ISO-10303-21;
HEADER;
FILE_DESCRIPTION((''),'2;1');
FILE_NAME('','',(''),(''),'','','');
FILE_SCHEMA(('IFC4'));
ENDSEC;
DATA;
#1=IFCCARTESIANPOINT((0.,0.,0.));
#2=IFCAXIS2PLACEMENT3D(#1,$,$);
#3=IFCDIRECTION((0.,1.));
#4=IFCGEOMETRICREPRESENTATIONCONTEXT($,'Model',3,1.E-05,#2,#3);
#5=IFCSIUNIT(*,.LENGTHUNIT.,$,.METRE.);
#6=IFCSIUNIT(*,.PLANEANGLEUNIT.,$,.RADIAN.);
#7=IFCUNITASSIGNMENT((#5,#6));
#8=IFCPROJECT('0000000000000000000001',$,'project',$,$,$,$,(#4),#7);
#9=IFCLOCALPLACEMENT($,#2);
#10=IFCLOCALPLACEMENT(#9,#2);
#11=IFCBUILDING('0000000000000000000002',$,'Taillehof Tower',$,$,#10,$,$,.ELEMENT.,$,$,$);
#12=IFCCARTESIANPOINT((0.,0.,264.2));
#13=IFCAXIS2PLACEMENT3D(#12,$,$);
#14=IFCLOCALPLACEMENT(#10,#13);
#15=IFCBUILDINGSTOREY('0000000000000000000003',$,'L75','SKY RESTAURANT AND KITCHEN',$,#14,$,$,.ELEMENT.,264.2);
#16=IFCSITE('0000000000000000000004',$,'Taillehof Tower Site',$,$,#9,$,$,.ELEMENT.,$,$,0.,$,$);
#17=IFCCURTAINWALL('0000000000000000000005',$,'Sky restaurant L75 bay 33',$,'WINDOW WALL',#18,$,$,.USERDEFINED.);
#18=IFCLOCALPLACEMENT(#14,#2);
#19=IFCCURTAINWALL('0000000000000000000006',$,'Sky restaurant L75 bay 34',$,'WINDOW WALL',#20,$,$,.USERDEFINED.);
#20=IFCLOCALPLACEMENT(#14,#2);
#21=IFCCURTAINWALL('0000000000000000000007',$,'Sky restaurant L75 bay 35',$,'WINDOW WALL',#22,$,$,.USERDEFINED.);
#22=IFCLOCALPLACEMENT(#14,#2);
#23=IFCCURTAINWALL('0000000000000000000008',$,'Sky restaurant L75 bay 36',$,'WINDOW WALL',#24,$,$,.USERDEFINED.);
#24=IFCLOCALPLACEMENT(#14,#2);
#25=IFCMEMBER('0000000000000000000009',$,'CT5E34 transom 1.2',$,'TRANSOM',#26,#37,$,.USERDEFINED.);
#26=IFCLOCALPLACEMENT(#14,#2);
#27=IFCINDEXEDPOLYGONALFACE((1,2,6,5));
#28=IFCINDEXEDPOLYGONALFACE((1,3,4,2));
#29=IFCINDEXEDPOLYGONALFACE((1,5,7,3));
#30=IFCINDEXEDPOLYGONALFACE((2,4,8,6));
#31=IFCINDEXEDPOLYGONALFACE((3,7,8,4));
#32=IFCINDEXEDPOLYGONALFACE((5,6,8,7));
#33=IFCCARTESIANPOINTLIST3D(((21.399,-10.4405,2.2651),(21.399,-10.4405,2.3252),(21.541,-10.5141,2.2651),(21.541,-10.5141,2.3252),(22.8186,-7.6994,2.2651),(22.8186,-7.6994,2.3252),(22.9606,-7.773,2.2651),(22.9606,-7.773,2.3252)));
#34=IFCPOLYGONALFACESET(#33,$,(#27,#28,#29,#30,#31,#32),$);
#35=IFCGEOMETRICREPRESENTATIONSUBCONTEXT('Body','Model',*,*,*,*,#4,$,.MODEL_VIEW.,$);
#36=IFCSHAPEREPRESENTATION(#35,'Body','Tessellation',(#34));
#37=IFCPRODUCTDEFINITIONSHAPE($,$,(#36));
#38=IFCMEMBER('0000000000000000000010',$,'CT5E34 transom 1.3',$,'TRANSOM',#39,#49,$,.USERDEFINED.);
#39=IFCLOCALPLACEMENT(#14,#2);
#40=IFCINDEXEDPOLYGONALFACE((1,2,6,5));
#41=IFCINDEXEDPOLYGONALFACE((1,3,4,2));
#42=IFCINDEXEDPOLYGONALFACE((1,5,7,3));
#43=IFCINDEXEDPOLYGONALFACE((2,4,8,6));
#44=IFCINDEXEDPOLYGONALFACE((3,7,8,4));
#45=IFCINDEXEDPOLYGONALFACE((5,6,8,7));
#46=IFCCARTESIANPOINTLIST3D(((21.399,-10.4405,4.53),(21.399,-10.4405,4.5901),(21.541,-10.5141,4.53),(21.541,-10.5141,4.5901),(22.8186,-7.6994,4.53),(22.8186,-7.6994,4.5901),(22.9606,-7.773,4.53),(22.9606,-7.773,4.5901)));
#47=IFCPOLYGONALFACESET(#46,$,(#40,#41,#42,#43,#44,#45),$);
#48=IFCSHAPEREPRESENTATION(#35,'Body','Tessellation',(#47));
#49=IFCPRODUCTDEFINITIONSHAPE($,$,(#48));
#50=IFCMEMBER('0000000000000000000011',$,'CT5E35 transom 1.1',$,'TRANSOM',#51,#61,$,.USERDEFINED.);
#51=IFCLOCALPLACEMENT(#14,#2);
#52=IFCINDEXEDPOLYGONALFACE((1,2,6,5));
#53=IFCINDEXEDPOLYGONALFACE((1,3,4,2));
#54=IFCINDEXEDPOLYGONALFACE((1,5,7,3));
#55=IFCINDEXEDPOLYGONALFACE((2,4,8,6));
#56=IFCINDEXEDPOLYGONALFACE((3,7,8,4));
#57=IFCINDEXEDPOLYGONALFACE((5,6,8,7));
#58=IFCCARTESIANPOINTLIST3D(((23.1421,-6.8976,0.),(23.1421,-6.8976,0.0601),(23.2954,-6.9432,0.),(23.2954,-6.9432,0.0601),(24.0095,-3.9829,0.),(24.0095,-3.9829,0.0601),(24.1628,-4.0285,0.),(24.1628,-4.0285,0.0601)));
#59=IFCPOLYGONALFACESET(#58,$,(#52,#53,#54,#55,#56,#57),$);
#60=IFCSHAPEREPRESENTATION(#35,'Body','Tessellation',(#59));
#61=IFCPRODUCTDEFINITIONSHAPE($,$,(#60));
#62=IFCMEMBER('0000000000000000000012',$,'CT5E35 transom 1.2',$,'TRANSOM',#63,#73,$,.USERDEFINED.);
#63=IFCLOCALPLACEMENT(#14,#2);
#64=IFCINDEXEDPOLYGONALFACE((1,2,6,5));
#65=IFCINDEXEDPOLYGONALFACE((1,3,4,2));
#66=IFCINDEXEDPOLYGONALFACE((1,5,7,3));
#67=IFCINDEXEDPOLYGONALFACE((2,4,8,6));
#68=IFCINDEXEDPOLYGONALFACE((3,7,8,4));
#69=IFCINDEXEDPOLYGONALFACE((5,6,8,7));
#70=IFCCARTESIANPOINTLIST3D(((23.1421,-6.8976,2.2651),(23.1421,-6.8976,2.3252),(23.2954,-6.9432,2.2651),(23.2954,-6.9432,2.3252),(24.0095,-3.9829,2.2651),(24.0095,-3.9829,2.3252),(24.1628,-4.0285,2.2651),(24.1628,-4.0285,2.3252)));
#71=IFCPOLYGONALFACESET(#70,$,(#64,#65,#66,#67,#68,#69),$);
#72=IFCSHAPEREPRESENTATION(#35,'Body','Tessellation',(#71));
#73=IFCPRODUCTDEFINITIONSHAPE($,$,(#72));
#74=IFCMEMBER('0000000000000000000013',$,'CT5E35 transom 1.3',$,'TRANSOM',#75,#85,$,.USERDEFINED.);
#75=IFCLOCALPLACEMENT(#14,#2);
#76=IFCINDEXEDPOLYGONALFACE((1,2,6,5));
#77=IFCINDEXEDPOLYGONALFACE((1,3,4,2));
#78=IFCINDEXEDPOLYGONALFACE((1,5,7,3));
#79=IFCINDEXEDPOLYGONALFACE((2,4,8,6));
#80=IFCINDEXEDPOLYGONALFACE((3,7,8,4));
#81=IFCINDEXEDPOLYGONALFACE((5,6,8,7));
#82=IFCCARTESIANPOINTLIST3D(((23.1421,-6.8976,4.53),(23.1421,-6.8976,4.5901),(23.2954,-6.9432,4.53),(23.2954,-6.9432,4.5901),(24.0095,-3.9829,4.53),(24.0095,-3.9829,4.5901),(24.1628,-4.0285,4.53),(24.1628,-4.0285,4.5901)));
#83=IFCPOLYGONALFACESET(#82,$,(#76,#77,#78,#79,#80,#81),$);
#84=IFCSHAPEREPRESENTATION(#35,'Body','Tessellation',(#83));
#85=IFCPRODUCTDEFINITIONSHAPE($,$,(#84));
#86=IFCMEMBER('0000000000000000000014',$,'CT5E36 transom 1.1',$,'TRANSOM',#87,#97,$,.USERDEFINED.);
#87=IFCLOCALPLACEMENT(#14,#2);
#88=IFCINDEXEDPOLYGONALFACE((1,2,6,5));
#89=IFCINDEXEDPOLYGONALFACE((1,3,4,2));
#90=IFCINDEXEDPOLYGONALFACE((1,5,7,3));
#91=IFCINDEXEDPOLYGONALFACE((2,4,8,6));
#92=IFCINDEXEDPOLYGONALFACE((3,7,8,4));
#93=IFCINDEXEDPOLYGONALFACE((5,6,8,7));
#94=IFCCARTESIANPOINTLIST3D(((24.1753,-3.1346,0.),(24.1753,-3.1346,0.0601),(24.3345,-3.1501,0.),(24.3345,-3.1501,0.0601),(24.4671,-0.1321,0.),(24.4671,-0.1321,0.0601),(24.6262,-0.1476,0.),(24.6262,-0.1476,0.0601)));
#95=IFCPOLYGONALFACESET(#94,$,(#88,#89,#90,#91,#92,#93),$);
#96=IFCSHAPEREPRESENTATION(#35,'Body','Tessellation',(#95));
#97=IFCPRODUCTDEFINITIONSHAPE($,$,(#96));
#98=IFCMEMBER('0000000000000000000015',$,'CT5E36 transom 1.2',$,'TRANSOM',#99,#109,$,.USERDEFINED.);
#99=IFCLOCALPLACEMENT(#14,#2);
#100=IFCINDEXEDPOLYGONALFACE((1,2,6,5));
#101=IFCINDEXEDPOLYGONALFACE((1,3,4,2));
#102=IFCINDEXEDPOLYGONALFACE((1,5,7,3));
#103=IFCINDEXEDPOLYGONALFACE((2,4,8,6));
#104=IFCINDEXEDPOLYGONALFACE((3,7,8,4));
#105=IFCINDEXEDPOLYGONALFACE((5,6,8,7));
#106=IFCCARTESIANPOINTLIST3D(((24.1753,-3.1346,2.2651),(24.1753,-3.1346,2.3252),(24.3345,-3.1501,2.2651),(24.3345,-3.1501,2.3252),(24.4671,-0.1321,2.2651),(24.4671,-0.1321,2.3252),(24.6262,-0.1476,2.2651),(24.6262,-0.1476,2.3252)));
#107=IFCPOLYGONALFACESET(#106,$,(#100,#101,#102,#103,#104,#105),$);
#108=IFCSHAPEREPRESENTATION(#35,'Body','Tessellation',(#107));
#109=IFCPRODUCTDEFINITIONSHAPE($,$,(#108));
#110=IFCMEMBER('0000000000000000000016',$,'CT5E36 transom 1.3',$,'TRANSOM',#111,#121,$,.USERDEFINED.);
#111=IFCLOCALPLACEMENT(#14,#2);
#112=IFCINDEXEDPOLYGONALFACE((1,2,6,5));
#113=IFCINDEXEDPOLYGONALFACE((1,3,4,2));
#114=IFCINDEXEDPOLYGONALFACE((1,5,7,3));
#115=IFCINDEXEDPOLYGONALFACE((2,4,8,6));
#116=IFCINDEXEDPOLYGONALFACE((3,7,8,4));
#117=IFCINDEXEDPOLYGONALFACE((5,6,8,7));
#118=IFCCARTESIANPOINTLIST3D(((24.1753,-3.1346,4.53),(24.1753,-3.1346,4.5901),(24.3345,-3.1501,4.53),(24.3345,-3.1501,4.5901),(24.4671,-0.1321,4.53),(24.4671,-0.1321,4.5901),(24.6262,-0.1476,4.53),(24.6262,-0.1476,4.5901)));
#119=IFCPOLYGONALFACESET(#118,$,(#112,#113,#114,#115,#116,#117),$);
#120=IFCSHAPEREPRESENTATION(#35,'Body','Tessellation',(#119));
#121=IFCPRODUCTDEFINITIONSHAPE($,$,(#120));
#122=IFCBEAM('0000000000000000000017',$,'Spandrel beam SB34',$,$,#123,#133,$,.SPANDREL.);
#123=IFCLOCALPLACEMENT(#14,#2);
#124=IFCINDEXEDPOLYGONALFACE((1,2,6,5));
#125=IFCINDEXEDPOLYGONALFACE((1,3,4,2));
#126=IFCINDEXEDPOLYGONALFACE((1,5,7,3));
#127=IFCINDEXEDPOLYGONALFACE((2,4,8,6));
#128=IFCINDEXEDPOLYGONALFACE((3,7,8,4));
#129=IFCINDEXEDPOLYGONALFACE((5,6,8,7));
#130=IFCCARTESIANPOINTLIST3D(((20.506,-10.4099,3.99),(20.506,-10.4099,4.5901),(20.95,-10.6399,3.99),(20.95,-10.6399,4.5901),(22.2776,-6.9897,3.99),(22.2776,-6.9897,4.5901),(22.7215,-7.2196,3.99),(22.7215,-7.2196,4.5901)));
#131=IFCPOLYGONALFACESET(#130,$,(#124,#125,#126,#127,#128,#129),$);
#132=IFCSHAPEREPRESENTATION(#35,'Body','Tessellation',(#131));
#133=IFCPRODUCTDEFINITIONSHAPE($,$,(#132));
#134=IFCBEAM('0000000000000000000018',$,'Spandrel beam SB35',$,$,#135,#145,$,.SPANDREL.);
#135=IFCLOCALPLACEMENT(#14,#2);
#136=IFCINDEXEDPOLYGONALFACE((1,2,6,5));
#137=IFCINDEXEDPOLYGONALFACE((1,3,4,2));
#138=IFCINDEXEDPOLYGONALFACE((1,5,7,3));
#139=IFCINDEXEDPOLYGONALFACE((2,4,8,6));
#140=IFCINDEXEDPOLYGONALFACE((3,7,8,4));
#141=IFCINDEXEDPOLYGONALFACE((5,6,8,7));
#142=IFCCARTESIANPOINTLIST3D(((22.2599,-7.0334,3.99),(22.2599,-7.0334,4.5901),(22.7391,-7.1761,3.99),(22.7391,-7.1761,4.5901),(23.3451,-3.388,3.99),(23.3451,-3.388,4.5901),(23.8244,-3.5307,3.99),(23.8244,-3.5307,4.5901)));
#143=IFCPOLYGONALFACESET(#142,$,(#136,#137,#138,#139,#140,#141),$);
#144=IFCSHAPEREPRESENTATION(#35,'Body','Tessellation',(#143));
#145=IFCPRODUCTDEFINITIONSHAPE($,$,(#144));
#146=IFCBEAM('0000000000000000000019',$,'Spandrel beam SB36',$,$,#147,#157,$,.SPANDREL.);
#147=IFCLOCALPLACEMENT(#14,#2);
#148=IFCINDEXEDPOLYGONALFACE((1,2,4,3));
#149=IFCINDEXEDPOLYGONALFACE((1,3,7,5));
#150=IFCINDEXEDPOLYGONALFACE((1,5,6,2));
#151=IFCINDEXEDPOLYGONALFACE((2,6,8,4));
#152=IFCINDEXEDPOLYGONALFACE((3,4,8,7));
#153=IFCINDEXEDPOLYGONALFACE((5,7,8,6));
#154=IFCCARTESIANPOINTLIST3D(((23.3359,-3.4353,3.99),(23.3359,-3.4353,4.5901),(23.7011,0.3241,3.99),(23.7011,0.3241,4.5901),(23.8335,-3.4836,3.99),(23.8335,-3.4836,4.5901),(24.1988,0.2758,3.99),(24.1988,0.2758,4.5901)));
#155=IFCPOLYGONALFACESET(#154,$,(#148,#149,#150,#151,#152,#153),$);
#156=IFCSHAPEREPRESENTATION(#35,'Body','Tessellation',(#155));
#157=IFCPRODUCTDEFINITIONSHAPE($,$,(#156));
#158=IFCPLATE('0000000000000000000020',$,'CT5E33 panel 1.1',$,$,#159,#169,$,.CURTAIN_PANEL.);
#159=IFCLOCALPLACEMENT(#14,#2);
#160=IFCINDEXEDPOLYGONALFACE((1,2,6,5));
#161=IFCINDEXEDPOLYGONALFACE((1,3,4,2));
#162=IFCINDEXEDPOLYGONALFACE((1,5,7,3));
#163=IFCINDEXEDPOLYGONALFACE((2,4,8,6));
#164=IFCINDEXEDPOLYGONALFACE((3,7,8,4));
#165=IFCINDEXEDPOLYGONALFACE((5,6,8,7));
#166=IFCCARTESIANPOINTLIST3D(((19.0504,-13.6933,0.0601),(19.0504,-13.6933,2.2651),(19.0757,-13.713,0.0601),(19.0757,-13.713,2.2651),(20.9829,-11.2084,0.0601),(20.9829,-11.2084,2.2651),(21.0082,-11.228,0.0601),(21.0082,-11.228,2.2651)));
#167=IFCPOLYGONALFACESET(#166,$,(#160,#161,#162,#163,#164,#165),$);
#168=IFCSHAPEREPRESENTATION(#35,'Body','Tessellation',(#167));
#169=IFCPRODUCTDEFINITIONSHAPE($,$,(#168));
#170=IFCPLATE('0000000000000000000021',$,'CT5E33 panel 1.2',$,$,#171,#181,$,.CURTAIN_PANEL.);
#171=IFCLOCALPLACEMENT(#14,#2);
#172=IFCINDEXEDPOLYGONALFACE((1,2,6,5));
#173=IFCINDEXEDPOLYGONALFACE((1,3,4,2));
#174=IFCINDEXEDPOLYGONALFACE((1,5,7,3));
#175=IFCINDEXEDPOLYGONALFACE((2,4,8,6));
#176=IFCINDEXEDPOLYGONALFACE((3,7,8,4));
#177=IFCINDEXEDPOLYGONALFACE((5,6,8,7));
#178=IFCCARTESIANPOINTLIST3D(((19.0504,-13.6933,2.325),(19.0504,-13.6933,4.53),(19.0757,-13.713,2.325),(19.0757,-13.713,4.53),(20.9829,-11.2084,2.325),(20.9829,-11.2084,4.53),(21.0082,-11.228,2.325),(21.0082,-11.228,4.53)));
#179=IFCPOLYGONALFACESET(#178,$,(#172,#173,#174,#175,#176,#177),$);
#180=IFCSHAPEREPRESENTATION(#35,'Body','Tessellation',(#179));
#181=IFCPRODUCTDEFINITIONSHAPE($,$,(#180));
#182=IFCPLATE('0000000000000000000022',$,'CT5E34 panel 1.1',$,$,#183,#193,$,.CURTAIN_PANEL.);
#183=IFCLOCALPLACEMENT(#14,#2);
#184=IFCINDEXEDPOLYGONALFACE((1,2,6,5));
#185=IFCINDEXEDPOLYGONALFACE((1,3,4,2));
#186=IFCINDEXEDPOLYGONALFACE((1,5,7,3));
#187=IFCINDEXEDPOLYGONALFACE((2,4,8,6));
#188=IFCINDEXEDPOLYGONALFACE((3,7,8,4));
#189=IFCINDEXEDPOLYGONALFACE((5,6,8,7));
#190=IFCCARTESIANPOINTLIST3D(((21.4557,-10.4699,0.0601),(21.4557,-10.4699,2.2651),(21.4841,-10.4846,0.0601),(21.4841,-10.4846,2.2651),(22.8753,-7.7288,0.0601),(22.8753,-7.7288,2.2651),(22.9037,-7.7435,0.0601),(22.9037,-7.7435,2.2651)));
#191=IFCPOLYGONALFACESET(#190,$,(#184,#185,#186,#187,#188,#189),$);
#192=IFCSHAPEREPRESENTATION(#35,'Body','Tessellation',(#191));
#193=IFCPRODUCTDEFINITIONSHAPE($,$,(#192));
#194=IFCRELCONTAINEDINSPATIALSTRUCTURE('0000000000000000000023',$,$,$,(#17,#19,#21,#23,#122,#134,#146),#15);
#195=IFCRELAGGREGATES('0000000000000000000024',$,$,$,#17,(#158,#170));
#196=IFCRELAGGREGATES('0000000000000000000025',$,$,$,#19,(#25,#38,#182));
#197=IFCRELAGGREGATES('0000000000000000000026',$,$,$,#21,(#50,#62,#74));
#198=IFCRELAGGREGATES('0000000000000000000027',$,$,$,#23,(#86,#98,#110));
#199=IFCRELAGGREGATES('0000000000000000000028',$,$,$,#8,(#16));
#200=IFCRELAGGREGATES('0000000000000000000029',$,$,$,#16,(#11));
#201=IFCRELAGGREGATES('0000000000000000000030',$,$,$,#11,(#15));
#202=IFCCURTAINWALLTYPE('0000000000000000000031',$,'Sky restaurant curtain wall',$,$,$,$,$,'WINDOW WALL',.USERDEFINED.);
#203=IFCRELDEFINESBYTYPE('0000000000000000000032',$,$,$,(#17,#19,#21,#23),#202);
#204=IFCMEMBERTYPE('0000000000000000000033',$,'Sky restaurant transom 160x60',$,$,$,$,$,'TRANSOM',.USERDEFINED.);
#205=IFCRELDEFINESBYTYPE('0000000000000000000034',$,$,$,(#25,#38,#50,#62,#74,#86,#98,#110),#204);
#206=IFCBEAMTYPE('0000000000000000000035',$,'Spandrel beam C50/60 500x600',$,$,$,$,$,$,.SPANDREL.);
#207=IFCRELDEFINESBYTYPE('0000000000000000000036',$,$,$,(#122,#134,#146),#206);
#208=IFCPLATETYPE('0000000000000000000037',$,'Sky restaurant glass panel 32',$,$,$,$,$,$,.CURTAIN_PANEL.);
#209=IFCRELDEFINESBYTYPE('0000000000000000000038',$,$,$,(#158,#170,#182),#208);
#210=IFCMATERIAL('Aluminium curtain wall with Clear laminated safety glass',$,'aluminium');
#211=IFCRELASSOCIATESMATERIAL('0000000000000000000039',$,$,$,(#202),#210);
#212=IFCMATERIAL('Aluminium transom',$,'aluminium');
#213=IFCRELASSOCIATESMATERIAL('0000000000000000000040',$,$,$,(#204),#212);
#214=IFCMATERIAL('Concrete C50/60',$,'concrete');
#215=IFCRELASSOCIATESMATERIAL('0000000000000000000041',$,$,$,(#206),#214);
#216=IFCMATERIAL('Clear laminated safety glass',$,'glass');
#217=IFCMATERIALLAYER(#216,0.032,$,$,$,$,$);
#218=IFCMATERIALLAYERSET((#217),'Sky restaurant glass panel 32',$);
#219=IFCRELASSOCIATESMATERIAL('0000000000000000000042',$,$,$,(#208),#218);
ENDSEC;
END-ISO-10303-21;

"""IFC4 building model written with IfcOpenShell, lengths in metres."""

from ifc_helpers import new_model, si_unit, direction, frame, origin, origin_2d, place, context, subcontext, project, spatial, rectangle, extrude, material, layer, layer_set, material_profile, profile_set, type_object, element, aggregate, save


model = new_model("IFC4")

# Units and contexts
model_context = context("Model", 3, precision=1e-05, world=origin(), true_north=direction((0.0, 1.0)))
body_context = subcontext(model_context, "Body", "Model", "MODEL_VIEW")
ifc_project = project(units=[si_unit("LENGTHUNIT", "METRE"), si_unit("PLANEANGLEUNIT", "RADIAN")], contexts=[model_context])

# Site, building, storey
site_placement = place(None, origin())
site = spatial("IfcSite", under=ifc_project, at=site_placement, Name="Taillehof Tower Site", CompositionType="ELEMENT", RefElevation=0.0)
building_placement = place(site_placement, origin())
building = spatial("IfcBuilding", under=site, at=building_placement, Name="Taillehof Tower", CompositionType="ELEMENT")
storey_placement = place(building_placement, frame((0.0, 0.0, 264.2)))
storey = spatial("IfcBuildingStorey", under=building, at=storey_placement, Name="L75", Description="SKY RESTAURANT AND KITCHEN", CompositionType="ELEMENT", Elevation=264.2)

# Curtain wall
ifc_material_1 = material(Name="Aluminium curtain wall with Clear laminated safety glass", Category="aluminium")
curtain_wall_type = type_object("IfcCurtainWallType", Name="Sky restaurant curtain wall", ElementType="WINDOW WALL", PredefinedType="USERDEFINED", material=ifc_material_1)
curtain_wall_1_placement = place(storey_placement, origin())
curtain_wall_1 = element("IfcCurtainWall", 1, at=curtain_wall_1_placement, inside=storey, type_object=curtain_wall_type, Name="Sky restaurant L75 bay 33", ObjectType="WINDOW WALL", PredefinedType="USERDEFINED")

# Curtain walls
curtain_wall_2_placement = place(storey_placement, origin())
curtain_wall_2 = element("IfcCurtainWall", 2, at=curtain_wall_2_placement, inside=storey, type_object=curtain_wall_type, Name="Sky restaurant L75 bay 34", ObjectType="WINDOW WALL", PredefinedType="USERDEFINED")
curtain_wall_3_placement = place(storey_placement, origin())
curtain_wall_3 = element("IfcCurtainWall", 3, at=curtain_wall_3_placement, inside=storey, type_object=curtain_wall_type, Name="Sky restaurant L75 bay 35", ObjectType="WINDOW WALL", PredefinedType="USERDEFINED")
curtain_wall_4_placement = place(storey_placement, origin())
curtain_wall_4 = element("IfcCurtainWall", 4, at=curtain_wall_4_placement, inside=storey, type_object=curtain_wall_type, Name="Sky restaurant L75 bay 36", ObjectType="WINDOW WALL", PredefinedType="USERDEFINED")

# Members
ifc_material_2 = material(Name="Aluminium transom", Category="aluminium")
ifc_material_profile_1 = material_profile(ifc_material_2, rectangle(XDim=0.1599, YDim=0.0601, at=origin_2d()), Name="AL 160x60")
ifc_profile_set_1 = profile_set([ifc_material_profile_1], Name="Aluminium transom")
member_type_1 = type_object("IfcMemberType", Name="Sky restaurant transom 160x60", ElementType="TRANSOM", PredefinedType="USERDEFINED", material=ifc_profile_set_1)
member_1_placement = place(storey_placement, frame((21.47, -10.4773, 2.2952), z_axis=(0.459885, 0.887978, 0.0), x_axis=(-0.887978, 0.459885, 0.0)))
member_1 = element("IfcMember", 5, at=member_1_placement, type_object=member_type_1, Name="CT5E34 transom 1.2", ObjectType="TRANSOM", PredefinedType="USERDEFINED", context=body_context, shape_type="SweptSolid", body=[
    extrude(rectangle(XDim=0.1599, YDim=0.0601, at=origin_2d()), origin(), (0.0, 0.0, 1.0), 3.0869),
])
member_2_placement = place(storey_placement, frame((21.47, -10.4773, 4.5601), z_axis=(0.459885, 0.887978, 0.0), x_axis=(-0.887978, 0.459885, 0.0)))
member_2 = element("IfcMember", 6, at=member_2_placement, type_object=member_type_1, Name="CT5E34 transom 1.3", ObjectType="TRANSOM", PredefinedType="USERDEFINED", context=body_context, shape_type="SweptSolid", body=[
    extrude(rectangle(XDim=0.1599, YDim=0.0601, at=origin_2d()), origin(), (0.0, 0.0, 1.0), 3.0869),
])
member_3_placement = place(storey_placement, frame((23.2188, -6.9204, 0.03), z_axis=(0.285233, 0.958458, 0.0), x_axis=(-0.958458, 0.285233, 0.0)))
member_3 = element("IfcMember", 7, at=member_3_placement, type_object=member_type_1, Name="CT5E35 transom 1.1", ObjectType="TRANSOM", PredefinedType="USERDEFINED", context=body_context, shape_type="SweptSolid", body=[
    extrude(rectangle(XDim=0.1599, YDim=0.0601, at=origin_2d()), origin(), (0.0, 0.0, 1.0), 3.041),
])
member_4_placement = place(storey_placement, frame((23.2188, -6.9204, 2.2952), z_axis=(0.285233, 0.958458, 0.0), x_axis=(-0.958458, 0.285233, 0.0)))
member_4 = element("IfcMember", 8, at=member_4_placement, type_object=member_type_1, Name="CT5E35 transom 1.2", ObjectType="TRANSOM", PredefinedType="USERDEFINED", context=body_context, shape_type="SweptSolid", body=[
    extrude(rectangle(XDim=0.1599, YDim=0.0601, at=origin_2d()), origin(), (0.0, 0.0, 1.0), 3.041),
])
member_5_placement = place(storey_placement, frame((23.2188, -6.9204, 4.5601), z_axis=(0.285233, 0.958458, 0.0), x_axis=(-0.958458, 0.285233, 0.0)))
member_5 = element("IfcMember", 9, at=member_5_placement, type_object=member_type_1, Name="CT5E35 transom 1.3", ObjectType="TRANSOM", PredefinedType="USERDEFINED", context=body_context, shape_type="SweptSolid", body=[
    extrude(rectangle(XDim=0.1599, YDim=0.0601, at=origin_2d()), origin(), (0.0, 0.0, 1.0), 3.041),
])
member_6_placement = place(storey_placement, frame((24.2549, -3.1423, 0.03), z_axis=(0.096715, 0.995312, 0.0), x_axis=(-0.995312, 0.096715, 0.0)))
member_6 = element("IfcMember", 10, at=member_6_placement, type_object=member_type_1, Name="CT5E36 transom 1.1", ObjectType="TRANSOM", PredefinedType="USERDEFINED", context=body_context, shape_type="SweptSolid", body=[
    extrude(rectangle(XDim=0.1599, YDim=0.0601, at=origin_2d()), origin(), (0.0, 0.0, 1.0), 3.0166),
])
member_7_placement = place(storey_placement, frame((24.2549, -3.1423, 2.2952), z_axis=(0.096715, 0.995312, 0.0), x_axis=(-0.995312, 0.096715, 0.0)))
member_7 = element("IfcMember", 11, at=member_7_placement, type_object=member_type_1, Name="CT5E36 transom 1.2", ObjectType="TRANSOM", PredefinedType="USERDEFINED", context=body_context, shape_type="SweptSolid", body=[
    extrude(rectangle(XDim=0.1599, YDim=0.0601, at=origin_2d()), origin(), (0.0, 0.0, 1.0), 3.0166),
])
member_8_placement = place(storey_placement, frame((24.2549, -3.1423, 4.5601), z_axis=(0.096715, 0.995312, 0.0), x_axis=(-0.995312, 0.096715, 0.0)))
member_8 = element("IfcMember", 12, at=member_8_placement, type_object=member_type_1, Name="CT5E36 transom 1.3", ObjectType="TRANSOM", PredefinedType="USERDEFINED", context=body_context, shape_type="SweptSolid", body=[
    extrude(rectangle(XDim=0.1599, YDim=0.0601, at=origin_2d()), origin(), (0.0, 0.0, 1.0), 3.0166),
])

# Beams
ifc_material_3 = material(Name="Concrete C50/60", Category="concrete")
ifc_material_profile_2 = material_profile(ifc_material_3, rectangle(XDim=0.5, YDim=0.6001, at=origin_2d()), Name="RC 500x600")
ifc_profile_set_2 = profile_set([ifc_material_profile_2], Name="Concrete C50/60")
beam_type_1 = type_object("IfcBeamType", Name="Spandrel beam C50/60 500x600", PredefinedType="SPANDREL", material=ifc_profile_set_2)
beam_1_placement = place(storey_placement, frame((20.728, -10.5249, 4.29), z_axis=(0.459921, 0.88796, 0.0), x_axis=(-0.88796, 0.459921, 0.0)))
element("IfcBeam", 13, at=beam_1_placement, inside=storey, type_object=beam_type_1, Name="Spandrel beam SB34", PredefinedType="SPANDREL", context=body_context, shape_type="SweptSolid", body=[
    extrude(rectangle(XDim=0.5, YDim=0.6001, at=origin_2d()), origin(), (0.0, 0.0, 1.0), 3.8518),
])
beam_2_placement = place(storey_placement, frame((22.4995, -7.1047, 4.29), z_axis=(0.285327, 0.95843, 0.0), x_axis=(-0.95843, 0.285327, 0.0)))
element("IfcBeam", 14, at=beam_2_placement, inside=storey, type_object=beam_type_1, Name="Spandrel beam SB35", PredefinedType="SPANDREL", context=body_context, shape_type="SweptSolid", body=[
    extrude(rectangle(XDim=0.5, YDim=0.6001, at=origin_2d()), origin(), (0.0, 0.0, 1.0), 3.8035),
])
beam_3_placement = place(storey_placement, frame((23.5847, -3.4595, 4.29), z_axis=(0.096694, 0.995314, 0.0), x_axis=(-0.995314, 0.096694, 0.0)))
element("IfcBeam", 15, at=beam_3_placement, inside=storey, type_object=beam_type_1, Name="Spandrel beam SB36", PredefinedType="SPANDREL", context=body_context, shape_type="SweptSolid", body=[
    extrude(rectangle(XDim=0.5, YDim=0.6001, at=origin_2d()), origin(), (0.0, 0.0, 1.0), 3.7771),
])

# Plates
ifc_material_4 = material(Name="Clear laminated safety glass", Category="glass")
ifc_layer_1 = layer(ifc_material_4, 0.032)
ifc_layer_set_1 = layer_set([ifc_layer_1], Name="Sky restaurant glass panel 32")
plate_type = type_object("IfcPlateType", Name="Sky restaurant glass panel 32", PredefinedType="CURTAIN_PANEL", material=ifc_layer_set_1)
plate_1_placement = place(storey_placement, frame((20.0293, -12.4607, 0.0601), z_axis=(0.0, 0.0, 1.0), x_axis=(0.613903, 0.789382, 0.0)))
plate_1 = element("IfcPlate", 16, at=plate_1_placement, type_object=plate_type, Name="CT5E33 panel 1.1", PredefinedType="CURTAIN_PANEL", context=body_context, shape_type="SweptSolid", body=[
    extrude(rectangle(XDim=3.1479, YDim=0.032, at=origin_2d()), origin(), (0.0, 0.0, 1.0), 2.2051),
])
plate_2_placement = place(storey_placement, frame((20.0293, -12.4607, 2.325), z_axis=(0.0, 0.0, 1.0), x_axis=(0.613903, 0.789382, 0.0)))
plate_2 = element("IfcPlate", 17, at=plate_2_placement, type_object=plate_type, Name="CT5E33 panel 1.2", PredefinedType="CURTAIN_PANEL", context=body_context, shape_type="SweptSolid", body=[
    extrude(rectangle(XDim=3.1479, YDim=0.032, at=origin_2d()), origin(), (0.0, 0.0, 1.0), 2.2051),
])
aggregate(curtain_wall_1, [plate_1, plate_2])
plate_3_placement = place(storey_placement, frame((22.1797, -9.1067, 0.0601), z_axis=(0.0, 0.0, 1.0), x_axis=(0.459891, 0.887975, 0.0)))
plate_3 = element("IfcPlate", 18, at=plate_3_placement, type_object=plate_type, Name="CT5E34 panel 1.1", PredefinedType="CURTAIN_PANEL", context=body_context, shape_type="SweptSolid", body=[
    extrude(rectangle(XDim=3.0869, YDim=0.032, at=origin_2d()), origin(), (0.0, 0.0, 1.0), 2.2051),
])
aggregate(curtain_wall_2, [member_1, member_2, plate_3])
aggregate(curtain_wall_3, [member_3, member_4, member_5])
aggregate(curtain_wall_4, [member_6, member_7, member_8])

save(model, "model.ifc")
